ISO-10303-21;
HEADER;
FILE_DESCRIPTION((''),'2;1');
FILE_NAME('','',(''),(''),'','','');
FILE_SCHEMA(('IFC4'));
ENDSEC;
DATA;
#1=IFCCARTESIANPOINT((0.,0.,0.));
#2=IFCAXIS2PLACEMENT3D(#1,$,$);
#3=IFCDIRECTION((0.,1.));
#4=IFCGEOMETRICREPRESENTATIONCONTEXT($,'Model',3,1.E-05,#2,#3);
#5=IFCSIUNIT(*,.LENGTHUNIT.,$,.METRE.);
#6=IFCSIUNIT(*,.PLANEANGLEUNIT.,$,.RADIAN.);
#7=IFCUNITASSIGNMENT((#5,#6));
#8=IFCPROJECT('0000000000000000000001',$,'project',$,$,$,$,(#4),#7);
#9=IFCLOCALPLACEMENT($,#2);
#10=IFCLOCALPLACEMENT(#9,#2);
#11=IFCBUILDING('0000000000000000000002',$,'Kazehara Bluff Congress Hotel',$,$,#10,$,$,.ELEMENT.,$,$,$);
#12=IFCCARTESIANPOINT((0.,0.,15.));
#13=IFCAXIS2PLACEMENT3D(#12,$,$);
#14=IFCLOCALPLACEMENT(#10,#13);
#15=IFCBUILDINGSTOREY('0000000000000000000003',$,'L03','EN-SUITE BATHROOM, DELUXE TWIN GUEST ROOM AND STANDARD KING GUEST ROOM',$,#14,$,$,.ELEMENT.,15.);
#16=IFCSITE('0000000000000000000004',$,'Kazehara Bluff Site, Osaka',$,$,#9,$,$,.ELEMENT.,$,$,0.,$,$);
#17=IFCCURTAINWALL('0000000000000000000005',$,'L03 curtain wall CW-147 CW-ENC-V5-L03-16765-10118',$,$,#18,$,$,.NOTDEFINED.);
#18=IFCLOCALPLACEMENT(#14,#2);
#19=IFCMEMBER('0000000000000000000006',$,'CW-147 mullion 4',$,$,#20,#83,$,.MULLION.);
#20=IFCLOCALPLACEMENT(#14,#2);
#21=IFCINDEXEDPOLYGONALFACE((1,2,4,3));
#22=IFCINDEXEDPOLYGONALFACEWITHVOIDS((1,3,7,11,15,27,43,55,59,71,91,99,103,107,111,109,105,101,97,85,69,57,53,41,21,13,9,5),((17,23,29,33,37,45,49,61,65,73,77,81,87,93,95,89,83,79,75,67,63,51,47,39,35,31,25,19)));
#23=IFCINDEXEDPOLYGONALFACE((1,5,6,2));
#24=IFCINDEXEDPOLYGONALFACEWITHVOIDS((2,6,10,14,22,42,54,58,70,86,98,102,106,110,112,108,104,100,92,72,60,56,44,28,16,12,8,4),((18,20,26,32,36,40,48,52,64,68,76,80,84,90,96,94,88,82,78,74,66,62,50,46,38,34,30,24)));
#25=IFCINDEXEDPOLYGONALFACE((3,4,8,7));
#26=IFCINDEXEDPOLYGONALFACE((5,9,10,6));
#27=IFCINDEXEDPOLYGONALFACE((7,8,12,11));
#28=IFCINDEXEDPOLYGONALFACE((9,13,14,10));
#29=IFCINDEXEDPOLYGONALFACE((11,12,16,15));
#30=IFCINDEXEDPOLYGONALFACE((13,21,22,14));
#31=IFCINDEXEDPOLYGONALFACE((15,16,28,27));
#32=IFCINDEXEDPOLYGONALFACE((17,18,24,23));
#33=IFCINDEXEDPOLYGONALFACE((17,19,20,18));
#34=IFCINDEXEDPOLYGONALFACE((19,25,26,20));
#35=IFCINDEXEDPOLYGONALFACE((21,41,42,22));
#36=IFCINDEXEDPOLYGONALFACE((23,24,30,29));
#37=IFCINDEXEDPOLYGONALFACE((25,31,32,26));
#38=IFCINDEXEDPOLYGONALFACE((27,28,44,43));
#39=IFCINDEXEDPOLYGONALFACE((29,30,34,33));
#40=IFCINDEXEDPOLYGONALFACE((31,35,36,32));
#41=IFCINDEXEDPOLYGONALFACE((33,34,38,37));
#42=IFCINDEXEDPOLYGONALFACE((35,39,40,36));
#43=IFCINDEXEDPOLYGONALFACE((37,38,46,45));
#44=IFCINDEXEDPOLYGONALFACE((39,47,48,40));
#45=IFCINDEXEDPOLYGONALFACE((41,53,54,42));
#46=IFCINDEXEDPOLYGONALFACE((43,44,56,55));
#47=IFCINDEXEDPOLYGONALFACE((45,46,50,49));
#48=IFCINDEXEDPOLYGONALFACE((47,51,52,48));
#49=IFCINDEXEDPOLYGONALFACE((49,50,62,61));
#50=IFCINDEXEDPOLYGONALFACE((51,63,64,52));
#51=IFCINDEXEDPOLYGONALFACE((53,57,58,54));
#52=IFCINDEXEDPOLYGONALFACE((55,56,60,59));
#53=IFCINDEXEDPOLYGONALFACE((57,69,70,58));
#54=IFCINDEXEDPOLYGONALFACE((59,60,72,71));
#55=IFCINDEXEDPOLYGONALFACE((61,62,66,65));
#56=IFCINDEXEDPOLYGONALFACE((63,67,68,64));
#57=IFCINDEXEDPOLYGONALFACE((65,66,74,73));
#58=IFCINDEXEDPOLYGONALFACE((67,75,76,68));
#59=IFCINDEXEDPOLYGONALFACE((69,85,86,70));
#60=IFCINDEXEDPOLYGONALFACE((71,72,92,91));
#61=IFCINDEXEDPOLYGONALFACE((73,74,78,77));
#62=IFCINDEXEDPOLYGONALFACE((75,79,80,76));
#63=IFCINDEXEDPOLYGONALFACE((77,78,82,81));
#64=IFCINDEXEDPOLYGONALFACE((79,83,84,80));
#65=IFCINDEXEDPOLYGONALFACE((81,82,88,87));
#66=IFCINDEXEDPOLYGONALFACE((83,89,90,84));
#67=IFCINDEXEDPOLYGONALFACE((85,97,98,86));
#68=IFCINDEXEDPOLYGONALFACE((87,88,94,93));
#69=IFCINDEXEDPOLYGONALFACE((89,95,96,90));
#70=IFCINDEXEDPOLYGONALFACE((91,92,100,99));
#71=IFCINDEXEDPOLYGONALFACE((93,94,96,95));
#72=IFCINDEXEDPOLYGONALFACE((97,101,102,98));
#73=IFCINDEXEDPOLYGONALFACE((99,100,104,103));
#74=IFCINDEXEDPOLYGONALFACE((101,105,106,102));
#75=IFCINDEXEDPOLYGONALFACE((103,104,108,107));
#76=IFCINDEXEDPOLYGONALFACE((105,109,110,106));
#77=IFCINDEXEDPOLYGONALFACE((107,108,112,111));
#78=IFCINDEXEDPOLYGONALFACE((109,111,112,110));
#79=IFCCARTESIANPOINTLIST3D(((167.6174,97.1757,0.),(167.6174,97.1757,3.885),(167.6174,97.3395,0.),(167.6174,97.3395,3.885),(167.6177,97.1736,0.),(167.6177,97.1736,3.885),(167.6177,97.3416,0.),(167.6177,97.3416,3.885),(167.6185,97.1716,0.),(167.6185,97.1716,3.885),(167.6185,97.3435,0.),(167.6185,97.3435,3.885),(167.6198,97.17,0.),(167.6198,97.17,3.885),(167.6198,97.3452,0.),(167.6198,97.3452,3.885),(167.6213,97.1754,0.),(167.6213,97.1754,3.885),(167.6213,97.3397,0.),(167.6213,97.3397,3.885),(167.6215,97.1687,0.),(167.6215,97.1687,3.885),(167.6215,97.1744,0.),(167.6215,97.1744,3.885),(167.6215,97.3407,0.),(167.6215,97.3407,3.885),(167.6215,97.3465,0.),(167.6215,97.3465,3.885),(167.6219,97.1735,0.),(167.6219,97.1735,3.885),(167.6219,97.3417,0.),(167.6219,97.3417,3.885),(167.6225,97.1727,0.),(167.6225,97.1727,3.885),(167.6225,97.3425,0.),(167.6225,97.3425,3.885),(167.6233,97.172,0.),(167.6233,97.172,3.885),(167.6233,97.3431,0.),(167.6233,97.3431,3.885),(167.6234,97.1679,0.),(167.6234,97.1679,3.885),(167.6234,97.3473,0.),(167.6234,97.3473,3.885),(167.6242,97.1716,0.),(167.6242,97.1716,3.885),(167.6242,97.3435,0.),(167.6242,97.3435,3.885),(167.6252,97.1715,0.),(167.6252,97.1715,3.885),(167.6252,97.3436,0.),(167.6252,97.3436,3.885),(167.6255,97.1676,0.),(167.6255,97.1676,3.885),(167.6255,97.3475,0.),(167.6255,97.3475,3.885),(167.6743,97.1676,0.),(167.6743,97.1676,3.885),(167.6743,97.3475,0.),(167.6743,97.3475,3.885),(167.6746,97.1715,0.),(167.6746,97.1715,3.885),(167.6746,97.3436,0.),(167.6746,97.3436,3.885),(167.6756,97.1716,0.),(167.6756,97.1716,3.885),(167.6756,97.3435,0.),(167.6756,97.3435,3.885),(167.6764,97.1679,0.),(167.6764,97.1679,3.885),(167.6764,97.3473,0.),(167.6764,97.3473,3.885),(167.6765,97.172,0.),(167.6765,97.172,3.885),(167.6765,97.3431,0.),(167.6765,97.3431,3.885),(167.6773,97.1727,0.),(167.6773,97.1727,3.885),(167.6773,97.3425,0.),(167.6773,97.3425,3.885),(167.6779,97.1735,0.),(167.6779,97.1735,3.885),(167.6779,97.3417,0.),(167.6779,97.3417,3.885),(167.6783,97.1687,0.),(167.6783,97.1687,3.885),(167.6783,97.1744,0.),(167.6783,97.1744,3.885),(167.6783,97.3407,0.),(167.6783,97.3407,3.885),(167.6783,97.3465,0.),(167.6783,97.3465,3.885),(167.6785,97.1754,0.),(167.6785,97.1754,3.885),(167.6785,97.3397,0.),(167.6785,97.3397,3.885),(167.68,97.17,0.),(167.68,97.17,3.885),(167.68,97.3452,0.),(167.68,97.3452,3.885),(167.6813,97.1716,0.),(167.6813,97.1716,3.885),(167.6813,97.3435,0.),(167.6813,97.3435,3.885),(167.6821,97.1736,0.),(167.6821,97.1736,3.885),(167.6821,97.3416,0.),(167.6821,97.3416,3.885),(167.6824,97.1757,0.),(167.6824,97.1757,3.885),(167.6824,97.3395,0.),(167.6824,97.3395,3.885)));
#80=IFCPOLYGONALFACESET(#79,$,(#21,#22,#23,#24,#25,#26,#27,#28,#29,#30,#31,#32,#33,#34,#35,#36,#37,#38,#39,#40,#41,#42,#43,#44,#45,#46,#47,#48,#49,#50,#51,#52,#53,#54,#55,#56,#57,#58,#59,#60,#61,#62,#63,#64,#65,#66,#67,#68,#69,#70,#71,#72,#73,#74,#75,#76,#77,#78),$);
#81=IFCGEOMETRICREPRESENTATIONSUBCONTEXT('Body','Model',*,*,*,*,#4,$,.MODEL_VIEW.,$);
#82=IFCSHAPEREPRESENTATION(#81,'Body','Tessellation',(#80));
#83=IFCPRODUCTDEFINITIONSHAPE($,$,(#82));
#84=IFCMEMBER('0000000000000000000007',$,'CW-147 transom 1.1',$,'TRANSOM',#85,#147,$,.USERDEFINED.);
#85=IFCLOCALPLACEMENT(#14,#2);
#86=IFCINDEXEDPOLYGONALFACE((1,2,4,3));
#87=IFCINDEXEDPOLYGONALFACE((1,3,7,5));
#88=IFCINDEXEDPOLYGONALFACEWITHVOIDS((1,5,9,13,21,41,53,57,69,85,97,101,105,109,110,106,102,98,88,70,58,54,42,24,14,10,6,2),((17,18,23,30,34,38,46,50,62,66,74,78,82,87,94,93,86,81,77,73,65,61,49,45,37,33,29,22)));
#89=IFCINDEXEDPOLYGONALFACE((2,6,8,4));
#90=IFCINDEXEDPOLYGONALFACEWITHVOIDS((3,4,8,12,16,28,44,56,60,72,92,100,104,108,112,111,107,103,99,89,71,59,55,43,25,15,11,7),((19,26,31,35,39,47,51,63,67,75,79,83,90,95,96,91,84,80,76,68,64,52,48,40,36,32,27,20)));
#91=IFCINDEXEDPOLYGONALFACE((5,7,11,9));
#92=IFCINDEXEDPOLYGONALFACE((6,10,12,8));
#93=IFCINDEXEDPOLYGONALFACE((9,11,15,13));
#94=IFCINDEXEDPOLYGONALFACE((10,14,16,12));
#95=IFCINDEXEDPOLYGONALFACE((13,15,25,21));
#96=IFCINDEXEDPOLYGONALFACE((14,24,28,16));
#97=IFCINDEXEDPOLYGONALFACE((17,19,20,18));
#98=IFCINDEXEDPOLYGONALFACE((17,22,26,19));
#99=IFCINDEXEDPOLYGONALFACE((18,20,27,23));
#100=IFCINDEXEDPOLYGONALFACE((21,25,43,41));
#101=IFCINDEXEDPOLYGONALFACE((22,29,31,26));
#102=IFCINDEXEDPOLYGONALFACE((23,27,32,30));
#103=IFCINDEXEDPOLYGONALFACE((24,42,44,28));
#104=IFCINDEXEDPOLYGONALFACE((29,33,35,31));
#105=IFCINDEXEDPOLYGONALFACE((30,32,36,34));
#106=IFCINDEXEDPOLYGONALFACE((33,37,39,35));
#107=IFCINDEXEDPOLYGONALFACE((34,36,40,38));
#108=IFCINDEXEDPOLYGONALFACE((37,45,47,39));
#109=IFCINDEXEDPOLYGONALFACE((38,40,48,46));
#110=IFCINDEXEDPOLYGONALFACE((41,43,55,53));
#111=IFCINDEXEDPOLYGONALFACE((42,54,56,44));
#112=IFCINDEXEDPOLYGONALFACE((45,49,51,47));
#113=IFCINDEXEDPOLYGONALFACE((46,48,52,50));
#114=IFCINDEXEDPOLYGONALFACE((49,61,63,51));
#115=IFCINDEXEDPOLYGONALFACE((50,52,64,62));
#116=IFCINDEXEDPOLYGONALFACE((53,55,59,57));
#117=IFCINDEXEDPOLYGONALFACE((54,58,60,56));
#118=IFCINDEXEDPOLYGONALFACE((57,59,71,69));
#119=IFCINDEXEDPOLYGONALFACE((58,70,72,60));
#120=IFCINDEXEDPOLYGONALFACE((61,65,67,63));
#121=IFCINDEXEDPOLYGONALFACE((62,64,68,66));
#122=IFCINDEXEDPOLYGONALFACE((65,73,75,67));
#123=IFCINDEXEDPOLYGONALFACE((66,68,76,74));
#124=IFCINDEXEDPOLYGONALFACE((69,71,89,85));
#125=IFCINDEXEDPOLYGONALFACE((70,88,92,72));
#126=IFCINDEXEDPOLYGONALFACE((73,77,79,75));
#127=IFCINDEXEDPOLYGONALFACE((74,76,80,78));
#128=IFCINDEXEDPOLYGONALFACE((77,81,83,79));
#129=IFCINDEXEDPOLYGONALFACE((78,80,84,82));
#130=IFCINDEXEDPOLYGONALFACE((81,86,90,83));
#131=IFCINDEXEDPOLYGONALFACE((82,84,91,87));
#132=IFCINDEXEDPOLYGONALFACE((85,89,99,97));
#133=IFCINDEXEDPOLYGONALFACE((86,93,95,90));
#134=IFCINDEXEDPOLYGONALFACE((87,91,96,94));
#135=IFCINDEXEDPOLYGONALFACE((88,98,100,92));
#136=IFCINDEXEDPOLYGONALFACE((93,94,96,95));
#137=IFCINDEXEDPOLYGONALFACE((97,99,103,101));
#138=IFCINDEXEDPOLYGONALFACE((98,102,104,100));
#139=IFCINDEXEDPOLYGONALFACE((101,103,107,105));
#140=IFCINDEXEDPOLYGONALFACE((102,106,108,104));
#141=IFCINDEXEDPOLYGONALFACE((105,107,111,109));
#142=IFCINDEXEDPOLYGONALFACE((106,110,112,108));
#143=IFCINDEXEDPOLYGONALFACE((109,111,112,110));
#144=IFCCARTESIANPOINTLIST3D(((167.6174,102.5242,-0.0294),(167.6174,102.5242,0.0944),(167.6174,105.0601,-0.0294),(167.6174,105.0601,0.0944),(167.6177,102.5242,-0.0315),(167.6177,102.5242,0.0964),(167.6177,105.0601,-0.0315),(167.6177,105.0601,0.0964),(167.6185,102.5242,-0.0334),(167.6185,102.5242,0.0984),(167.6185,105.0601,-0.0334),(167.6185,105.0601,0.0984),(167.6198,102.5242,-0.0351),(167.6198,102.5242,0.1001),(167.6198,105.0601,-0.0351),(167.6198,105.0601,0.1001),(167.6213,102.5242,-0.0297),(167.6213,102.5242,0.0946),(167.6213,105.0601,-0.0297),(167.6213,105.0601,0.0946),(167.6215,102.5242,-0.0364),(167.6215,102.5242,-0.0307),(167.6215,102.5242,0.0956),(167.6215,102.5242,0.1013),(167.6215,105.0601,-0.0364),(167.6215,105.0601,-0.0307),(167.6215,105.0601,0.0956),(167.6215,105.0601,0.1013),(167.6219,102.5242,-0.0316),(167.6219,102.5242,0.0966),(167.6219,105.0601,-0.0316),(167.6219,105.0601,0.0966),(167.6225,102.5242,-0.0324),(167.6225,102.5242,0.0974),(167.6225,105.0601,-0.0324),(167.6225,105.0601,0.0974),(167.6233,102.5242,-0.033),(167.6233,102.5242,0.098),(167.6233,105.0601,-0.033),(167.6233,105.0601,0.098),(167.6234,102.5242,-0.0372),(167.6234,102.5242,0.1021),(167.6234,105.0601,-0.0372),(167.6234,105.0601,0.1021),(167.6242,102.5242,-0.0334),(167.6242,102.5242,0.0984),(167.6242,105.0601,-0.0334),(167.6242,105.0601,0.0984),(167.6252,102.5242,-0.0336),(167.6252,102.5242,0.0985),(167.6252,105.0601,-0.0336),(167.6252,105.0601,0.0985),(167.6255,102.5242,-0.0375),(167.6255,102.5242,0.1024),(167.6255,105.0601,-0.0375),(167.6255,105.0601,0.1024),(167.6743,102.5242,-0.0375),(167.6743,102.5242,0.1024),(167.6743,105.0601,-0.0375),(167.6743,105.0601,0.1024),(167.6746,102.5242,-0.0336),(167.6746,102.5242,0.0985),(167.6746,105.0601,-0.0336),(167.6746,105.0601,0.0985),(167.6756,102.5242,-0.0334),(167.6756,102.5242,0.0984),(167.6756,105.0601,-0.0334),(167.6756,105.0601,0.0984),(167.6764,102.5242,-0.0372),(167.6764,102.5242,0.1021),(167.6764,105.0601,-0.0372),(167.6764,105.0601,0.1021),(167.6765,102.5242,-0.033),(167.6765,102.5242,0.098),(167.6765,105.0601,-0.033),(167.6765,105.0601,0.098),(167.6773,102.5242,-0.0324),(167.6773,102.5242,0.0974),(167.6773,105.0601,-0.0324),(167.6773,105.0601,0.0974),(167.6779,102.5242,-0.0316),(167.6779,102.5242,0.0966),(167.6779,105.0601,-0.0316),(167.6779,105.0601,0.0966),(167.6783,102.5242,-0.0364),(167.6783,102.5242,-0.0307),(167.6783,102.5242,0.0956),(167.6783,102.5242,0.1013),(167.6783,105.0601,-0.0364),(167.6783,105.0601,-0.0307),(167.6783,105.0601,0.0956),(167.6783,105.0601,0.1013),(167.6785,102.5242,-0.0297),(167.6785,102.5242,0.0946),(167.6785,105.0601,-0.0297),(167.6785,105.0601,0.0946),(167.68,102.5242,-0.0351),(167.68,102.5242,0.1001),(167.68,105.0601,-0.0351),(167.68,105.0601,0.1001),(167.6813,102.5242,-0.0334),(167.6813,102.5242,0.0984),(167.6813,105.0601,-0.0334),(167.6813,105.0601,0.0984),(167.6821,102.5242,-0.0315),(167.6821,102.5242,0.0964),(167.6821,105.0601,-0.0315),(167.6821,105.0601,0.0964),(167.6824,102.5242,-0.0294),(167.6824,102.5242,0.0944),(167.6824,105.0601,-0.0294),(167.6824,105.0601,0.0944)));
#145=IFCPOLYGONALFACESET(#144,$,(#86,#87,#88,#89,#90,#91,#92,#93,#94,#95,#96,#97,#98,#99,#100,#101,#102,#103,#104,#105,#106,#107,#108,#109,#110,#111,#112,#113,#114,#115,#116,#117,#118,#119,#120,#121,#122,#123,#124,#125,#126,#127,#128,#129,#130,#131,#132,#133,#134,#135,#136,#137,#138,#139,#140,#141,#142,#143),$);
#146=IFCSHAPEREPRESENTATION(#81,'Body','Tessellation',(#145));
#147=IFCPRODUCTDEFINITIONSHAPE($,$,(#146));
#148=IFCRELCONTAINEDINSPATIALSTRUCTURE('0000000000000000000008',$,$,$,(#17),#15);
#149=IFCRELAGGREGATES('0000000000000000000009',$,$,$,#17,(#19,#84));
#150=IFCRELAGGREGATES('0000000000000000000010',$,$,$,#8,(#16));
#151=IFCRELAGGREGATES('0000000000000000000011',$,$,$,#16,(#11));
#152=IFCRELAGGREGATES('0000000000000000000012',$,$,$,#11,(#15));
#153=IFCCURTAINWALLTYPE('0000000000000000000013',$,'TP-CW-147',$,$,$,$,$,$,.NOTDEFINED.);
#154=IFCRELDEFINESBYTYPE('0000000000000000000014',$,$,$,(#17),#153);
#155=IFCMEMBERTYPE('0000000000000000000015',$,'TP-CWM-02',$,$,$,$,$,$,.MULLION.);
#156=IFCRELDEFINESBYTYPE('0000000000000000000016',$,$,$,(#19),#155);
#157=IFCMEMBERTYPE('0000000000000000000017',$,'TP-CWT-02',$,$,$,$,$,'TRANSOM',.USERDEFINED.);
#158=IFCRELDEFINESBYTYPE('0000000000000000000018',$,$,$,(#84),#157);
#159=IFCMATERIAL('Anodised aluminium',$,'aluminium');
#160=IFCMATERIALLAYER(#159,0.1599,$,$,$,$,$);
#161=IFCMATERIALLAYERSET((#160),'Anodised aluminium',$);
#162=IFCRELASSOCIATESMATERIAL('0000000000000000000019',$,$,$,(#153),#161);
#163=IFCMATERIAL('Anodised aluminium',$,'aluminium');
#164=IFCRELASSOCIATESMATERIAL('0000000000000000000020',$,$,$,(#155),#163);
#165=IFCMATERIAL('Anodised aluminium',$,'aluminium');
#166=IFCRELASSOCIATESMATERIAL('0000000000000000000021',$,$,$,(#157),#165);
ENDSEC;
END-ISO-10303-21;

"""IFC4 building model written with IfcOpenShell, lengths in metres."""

from ifc_helpers import new_model, si_unit, direction, frame, origin, origin_2d, place, context, subcontext, project, spatial, hollow_rectangle, extrude, material, layer, layer_set, material_profile, profile_set, type_object, element, aggregate, save


model = new_model("IFC4")

# Units and contexts
model_context = context("Model", 3, precision=1e-05, world=origin(), true_north=direction((0.0, 1.0)))
body_context = subcontext(model_context, "Body", "Model", "MODEL_VIEW")
ifc_project = project(units=[si_unit("LENGTHUNIT", "METRE"), si_unit("PLANEANGLEUNIT", "RADIAN")], contexts=[model_context])

# Site, building, storey
site_placement = place(None, origin())
site = spatial("IfcSite", under=ifc_project, at=site_placement, Name="Kazehara Bluff Site, Osaka", CompositionType="ELEMENT", RefElevation=0.0)
building_placement = place(site_placement, origin())
building = spatial("IfcBuilding", under=site, at=building_placement, Name="Kazehara Bluff Congress Hotel", CompositionType="ELEMENT")
storey_placement = place(building_placement, frame((0.0, 0.0, 15.0)))
storey = spatial("IfcBuildingStorey", under=building, at=storey_placement, Name="L03", Description="EN-SUITE BATHROOM, DELUXE TWIN GUEST ROOM AND STANDARD KING GUEST ROOM", CompositionType="ELEMENT", Elevation=15.0)

# Curtain wall, members
ifc_material_1 = material(Name="Anodised aluminium", Category="aluminium")
ifc_layer_1 = layer(ifc_material_1, 0.1599)
ifc_layer_set_1 = layer_set([ifc_layer_1], Name="Anodised aluminium")
curtain_wall_type = type_object("IfcCurtainWallType", Name="TP-CW-147", PredefinedType="NOTDEFINED", material=ifc_layer_set_1)
curtain_wall_placement = place(storey_placement, origin())
curtain_wall = element("IfcCurtainWall", 1, at=curtain_wall_placement, inside=storey, type_object=curtain_wall_type, Name="L03 curtain wall CW-147 CW-ENC-V5-L03-16765-10118", PredefinedType="NOTDEFINED")
ifc_material_2 = material(Name="Anodised aluminium", Category="aluminium")
ifc_material_profile_1 = material_profile(ifc_material_2, hollow_rectangle(XDim=0.0649, YDim=0.1799, WallThickness=0.0039, InnerFilletRadius=0.0039, OuterFilletRadius=0.0081, at=origin_2d()))
ifc_profile_set_1 = profile_set([ifc_material_profile_1], Name="Anodised aluminium")
member_type_1 = type_object("IfcMemberType", Name="TP-CWM-02", PredefinedType="MULLION", material=ifc_profile_set_1)
member_1_placement = place(storey_placement, frame((167.6499, 97.2576, 0.0), z_axis=(0.0, 0.0, 1.0), x_axis=(1.0, 0.0, 0.0)))
member_1 = element("IfcMember", 2, at=member_1_placement, type_object=member_type_1, Name="CW-147 mullion 4", PredefinedType="MULLION", context=body_context, shape_type="SweptSolid", body=[
    extrude(hollow_rectangle(XDim=0.0649, YDim=0.1799, WallThickness=0.0039, InnerFilletRadius=0.0039, OuterFilletRadius=0.0081, at=origin_2d()), origin(), (0.0, 0.0, 1.0), 3.885),
])
ifc_material_3 = material(Name="Anodised aluminium", Category="aluminium")
ifc_material_profile_2 = material_profile(ifc_material_3, hollow_rectangle(XDim=0.0649, YDim=0.1399, WallThickness=0.0039, InnerFilletRadius=0.0039, OuterFilletRadius=0.0081, at=origin_2d()))
ifc_profile_set_2 = profile_set([ifc_material_profile_2], Name="Anodised aluminium")
member_type_2 = type_object("IfcMemberType", Name="TP-CWT-02", ElementType="TRANSOM", PredefinedType="USERDEFINED", material=ifc_profile_set_2)
member_2_placement = place(storey_placement, frame((167.6499, 105.0601, 0.0325), z_axis=(0.0, -1.0, 0.0), x_axis=(1.0, 0.0, 0.0)))
member_2 = element("IfcMember", 3, at=member_2_placement, type_object=member_type_2, Name="CW-147 transom 1.1", ObjectType="TRANSOM", PredefinedType="USERDEFINED", context=body_context, shape_type="SweptSolid", body=[
    extrude(hollow_rectangle(XDim=0.0649, YDim=0.1399, WallThickness=0.0039, InnerFilletRadius=0.0039, OuterFilletRadius=0.0081, at=origin_2d()), origin(), (0.0, 0.0, 1.0), 2.5359),
])

aggregate(curtain_wall, [member_1, member_2])

save(model, "model.ifc")
